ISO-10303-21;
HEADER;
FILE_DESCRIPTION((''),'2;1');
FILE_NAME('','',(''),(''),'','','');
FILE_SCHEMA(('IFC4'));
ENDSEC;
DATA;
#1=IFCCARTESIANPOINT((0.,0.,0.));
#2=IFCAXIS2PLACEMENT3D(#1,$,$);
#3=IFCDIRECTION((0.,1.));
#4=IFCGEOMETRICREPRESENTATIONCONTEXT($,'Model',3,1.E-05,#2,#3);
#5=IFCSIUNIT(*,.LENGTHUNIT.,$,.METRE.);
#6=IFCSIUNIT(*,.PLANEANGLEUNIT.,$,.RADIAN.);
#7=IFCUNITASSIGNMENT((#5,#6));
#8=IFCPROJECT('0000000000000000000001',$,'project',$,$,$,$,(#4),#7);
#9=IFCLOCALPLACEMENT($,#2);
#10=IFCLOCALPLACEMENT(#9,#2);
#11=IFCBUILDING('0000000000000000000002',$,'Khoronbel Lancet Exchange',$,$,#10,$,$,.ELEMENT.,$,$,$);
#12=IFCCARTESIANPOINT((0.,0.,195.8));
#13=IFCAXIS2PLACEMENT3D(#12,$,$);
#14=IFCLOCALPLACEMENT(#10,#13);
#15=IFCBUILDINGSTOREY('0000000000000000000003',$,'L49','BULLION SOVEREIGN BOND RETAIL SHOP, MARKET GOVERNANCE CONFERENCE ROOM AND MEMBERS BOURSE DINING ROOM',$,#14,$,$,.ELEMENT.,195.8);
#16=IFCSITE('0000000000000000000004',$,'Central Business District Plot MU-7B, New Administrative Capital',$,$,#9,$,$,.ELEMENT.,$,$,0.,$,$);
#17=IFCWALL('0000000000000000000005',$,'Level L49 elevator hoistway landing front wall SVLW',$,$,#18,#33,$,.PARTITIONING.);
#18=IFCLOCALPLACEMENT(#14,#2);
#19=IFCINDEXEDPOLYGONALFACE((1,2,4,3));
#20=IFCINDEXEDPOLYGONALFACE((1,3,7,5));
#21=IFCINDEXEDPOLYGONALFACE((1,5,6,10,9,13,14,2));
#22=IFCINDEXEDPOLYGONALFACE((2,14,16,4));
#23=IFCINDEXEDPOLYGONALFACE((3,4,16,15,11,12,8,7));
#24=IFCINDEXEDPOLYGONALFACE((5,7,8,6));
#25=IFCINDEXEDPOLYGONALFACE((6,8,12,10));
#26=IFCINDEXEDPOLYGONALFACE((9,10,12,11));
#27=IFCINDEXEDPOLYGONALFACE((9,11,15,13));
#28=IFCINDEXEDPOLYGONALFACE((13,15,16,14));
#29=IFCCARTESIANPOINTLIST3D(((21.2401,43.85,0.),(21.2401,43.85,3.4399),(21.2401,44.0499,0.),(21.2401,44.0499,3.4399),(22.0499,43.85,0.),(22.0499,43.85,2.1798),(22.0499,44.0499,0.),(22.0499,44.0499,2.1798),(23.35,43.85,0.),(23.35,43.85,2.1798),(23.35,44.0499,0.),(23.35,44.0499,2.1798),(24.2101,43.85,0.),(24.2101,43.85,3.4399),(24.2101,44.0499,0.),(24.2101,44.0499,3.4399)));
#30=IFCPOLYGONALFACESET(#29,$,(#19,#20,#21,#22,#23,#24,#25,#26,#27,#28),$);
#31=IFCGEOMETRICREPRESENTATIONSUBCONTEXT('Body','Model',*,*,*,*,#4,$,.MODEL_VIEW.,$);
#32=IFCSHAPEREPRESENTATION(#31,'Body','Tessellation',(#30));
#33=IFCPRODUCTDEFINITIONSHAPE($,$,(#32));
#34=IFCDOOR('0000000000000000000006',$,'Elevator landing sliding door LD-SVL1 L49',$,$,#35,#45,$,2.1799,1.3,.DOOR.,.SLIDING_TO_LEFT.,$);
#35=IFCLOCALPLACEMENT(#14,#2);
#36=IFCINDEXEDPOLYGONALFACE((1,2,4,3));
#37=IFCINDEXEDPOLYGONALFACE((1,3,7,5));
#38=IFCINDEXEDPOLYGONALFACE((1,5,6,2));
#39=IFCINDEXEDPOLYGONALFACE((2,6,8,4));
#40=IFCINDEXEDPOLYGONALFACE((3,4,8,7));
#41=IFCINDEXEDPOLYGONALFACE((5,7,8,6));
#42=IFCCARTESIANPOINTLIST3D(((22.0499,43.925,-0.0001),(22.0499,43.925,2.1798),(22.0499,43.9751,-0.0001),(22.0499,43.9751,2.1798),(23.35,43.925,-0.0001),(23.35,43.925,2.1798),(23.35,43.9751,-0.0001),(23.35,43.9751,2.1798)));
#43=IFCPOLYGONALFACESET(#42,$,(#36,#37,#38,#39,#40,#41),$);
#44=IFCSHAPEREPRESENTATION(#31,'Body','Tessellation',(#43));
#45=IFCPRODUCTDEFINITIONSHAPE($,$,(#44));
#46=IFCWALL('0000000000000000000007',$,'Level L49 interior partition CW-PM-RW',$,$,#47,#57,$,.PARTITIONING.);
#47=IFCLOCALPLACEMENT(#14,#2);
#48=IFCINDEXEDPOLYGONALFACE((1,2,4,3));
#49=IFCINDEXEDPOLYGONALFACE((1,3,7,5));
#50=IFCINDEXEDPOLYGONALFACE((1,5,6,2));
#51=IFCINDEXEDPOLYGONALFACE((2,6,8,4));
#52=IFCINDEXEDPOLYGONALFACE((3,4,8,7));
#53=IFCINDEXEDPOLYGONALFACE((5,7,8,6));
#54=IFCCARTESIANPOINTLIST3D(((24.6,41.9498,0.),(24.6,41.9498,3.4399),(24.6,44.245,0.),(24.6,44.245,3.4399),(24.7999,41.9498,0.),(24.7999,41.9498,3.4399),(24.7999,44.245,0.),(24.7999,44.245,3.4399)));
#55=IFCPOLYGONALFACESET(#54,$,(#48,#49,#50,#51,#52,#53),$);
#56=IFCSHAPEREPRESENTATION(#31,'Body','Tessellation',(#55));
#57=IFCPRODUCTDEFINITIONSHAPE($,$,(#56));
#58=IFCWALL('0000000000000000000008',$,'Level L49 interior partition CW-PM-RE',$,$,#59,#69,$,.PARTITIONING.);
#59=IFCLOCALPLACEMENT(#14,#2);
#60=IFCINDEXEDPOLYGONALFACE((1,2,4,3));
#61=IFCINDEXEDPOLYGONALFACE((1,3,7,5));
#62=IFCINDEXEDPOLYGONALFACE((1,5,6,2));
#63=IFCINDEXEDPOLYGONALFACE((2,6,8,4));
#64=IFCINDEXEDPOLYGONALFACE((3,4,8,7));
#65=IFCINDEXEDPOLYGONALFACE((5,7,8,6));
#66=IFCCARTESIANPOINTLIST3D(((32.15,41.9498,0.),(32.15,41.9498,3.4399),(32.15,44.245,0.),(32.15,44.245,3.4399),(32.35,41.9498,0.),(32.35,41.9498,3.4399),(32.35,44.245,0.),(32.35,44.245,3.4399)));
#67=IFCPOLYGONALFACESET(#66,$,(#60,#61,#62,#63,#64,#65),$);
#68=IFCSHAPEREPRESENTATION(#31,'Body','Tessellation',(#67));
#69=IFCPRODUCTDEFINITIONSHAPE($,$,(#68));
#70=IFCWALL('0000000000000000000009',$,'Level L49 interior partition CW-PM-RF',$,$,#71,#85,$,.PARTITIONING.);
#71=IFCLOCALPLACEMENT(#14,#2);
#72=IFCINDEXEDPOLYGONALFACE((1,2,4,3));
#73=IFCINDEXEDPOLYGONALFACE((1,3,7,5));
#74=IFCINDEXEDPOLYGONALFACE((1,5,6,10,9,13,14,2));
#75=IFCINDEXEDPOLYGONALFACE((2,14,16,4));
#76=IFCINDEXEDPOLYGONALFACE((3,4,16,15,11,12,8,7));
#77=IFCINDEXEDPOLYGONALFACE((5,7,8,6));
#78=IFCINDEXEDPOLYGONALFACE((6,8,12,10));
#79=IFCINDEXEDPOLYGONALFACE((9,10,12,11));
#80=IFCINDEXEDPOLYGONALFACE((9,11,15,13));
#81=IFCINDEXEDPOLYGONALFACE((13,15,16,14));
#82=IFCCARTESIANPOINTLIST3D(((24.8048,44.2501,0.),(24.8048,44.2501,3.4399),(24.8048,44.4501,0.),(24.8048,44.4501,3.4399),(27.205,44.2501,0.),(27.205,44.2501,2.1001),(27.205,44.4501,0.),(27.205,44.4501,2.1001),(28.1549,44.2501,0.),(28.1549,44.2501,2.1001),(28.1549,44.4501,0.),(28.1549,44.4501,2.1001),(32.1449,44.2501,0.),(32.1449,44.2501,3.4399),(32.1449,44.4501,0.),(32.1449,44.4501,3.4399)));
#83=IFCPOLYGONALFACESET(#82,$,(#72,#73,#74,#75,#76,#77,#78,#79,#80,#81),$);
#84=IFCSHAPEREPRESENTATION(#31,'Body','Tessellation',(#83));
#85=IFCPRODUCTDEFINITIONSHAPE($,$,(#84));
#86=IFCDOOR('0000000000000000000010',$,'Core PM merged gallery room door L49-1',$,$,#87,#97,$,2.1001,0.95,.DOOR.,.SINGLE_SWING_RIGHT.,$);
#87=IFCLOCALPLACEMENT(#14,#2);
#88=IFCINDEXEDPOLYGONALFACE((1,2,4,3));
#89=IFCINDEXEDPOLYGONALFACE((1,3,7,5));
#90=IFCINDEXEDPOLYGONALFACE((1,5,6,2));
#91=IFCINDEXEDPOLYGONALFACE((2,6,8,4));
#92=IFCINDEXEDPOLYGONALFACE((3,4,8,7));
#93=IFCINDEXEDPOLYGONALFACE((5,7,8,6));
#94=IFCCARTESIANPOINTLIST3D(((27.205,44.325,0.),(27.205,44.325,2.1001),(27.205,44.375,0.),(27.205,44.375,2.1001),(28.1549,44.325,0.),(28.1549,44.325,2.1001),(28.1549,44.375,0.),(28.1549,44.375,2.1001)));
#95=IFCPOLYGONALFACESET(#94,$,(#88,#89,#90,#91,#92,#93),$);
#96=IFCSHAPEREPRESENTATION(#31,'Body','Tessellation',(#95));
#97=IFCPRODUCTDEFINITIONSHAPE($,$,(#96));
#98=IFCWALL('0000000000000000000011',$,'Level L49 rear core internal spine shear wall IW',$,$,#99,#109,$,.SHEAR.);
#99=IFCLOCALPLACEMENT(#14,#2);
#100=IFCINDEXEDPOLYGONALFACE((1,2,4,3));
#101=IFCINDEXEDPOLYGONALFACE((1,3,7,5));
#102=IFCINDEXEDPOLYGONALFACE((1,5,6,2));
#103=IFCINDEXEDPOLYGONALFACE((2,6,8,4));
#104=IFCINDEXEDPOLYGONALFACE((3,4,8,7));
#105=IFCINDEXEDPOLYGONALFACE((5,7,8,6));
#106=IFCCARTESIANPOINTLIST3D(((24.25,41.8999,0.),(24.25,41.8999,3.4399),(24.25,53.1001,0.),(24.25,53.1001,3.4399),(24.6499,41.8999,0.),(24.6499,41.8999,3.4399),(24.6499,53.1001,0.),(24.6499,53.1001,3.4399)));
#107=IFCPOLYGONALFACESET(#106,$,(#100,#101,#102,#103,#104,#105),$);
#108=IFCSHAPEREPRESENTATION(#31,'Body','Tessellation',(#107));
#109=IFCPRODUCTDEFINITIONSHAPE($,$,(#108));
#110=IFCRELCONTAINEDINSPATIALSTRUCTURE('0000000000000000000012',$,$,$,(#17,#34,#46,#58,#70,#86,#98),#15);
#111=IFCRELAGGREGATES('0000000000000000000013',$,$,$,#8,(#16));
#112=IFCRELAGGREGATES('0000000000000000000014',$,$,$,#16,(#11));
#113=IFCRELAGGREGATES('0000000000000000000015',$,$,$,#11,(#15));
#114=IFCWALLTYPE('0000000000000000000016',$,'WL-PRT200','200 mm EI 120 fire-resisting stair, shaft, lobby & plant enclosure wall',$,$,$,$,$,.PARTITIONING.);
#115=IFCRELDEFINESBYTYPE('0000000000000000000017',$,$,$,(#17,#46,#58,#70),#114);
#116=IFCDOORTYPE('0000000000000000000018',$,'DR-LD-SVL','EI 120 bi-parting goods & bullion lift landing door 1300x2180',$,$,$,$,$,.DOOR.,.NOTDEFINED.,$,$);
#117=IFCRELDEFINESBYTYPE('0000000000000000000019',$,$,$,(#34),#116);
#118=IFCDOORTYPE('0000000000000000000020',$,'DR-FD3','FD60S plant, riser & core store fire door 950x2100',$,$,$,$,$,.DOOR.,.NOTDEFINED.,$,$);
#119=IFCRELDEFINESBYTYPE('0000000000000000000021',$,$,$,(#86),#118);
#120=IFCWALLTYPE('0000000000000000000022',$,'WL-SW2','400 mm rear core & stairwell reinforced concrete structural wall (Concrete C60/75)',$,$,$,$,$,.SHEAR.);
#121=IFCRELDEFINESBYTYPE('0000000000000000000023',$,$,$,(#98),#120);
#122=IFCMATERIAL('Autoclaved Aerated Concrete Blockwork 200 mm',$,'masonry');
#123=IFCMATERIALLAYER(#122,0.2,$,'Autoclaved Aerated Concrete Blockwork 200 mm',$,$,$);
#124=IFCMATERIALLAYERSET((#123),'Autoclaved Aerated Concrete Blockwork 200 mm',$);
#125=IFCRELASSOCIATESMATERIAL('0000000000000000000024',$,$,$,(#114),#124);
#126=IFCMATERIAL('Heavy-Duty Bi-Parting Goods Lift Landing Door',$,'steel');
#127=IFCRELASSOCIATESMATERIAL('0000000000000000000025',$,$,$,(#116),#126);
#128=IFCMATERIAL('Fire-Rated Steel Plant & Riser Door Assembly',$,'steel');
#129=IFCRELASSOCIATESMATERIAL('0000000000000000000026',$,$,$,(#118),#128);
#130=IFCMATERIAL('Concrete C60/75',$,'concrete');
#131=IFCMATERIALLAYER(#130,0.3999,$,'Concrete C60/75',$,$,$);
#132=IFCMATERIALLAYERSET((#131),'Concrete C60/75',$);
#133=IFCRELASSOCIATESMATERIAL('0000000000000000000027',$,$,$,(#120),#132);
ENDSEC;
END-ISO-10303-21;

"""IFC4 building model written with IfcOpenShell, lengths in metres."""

from ifc_helpers import new_model, si_unit, direction, frame, frame_2d, origin, place, context, subcontext, project, spatial, rectangle, extrude, material, layer, layer_set, type_object, element, fill, save


model = new_model("IFC4")

# Units and contexts
model_context = context("Model", 3, precision=1e-05, world=origin(), true_north=direction((0.0, 1.0)))
body_context = subcontext(model_context, "Body", "Model", "MODEL_VIEW")
ifc_project = project(units=[si_unit("LENGTHUNIT", "METRE"), si_unit("PLANEANGLEUNIT", "RADIAN")], contexts=[model_context])

# Site, building, storey
site_placement = place(None, origin())
site = spatial("IfcSite", under=ifc_project, at=site_placement, Name="Central Business District Plot MU-7B, New Administrative Capital", CompositionType="ELEMENT", RefElevation=0.0)
building_placement = place(site_placement, origin())
building = spatial("IfcBuilding", under=site, at=building_placement, Name="Khoronbel Lancet Exchange", CompositionType="ELEMENT")
storey_placement = place(building_placement, frame((0.0, 0.0, 195.8)))
storey = spatial("IfcBuildingStorey", under=building, at=storey_placement, Name="L49", Description="BULLION SOVEREIGN BOND RETAIL SHOP, MARKET GOVERNANCE CONFERENCE ROOM AND MEMBERS BOURSE DINING ROOM", CompositionType="ELEMENT", Elevation=195.8)

# Shared definitions
ifc_material_1 = material(Name="Concrete C60/75", Category="concrete")

# Wall, opening, door
ifc_material_2 = material(Name="Autoclaved Aerated Concrete Blockwork 200 mm", Category="masonry")
ifc_layer_1 = layer(ifc_material_2, 0.2, Name="Autoclaved Aerated Concrete Blockwork 200 mm")
ifc_layer_set_1 = layer_set([ifc_layer_1], Name="Autoclaved Aerated Concrete Blockwork 200 mm")
wall_type_1 = type_object("IfcWallType", Name="WL-PRT200", Description="200 mm EI 120 fire-resisting stair, shaft, lobby & plant enclosure wall", PredefinedType="PARTITIONING", material=ifc_layer_set_1)
wall_1_placement = place(storey_placement, frame((24.21, 43.95, 0.0), z_axis=(0.0, 0.0, 1.0), x_axis=(-1.0, 0.0, 0.0)))
wall_1 = element("IfcWall", 1, at=wall_1_placement, inside=storey, type_object=wall_type_1, Name="Level L49 elevator hoistway landing front wall SVLW", PredefinedType="PARTITIONING", context=body_context, shape_type="SweptSolid", body=[
    extrude(rectangle(XDim=2.97, YDim=0.2, at=frame_2d((1.4849, 0.0))), origin(), (0.0, 0.0, 1.0), 3.4399),
])
opening_1_placement = place(wall_1_placement, frame((0.8601, 0.0, 0.0)))
opening_1 = element("IfcOpeningElement", 2, at=opening_1_placement, cuts=wall_1, PredefinedType="OPENING", context=body_context, shape_type="SweptSolid", body=[
    extrude(rectangle(XDim=1.3, YDim=2.1799, at=frame_2d((0.6499, 1.0898))), frame((0.0, 0.1099, 0.0), z_axis=(0.0, -1.0, 0.0), x_axis=(1.0, 0.0, 0.0)), (0.0, 0.0, 1.0), 0.22),
])
ifc_material_3 = material(Name="Heavy-Duty Bi-Parting Goods Lift Landing Door", Category="steel")
door_type_1 = type_object("IfcDoorType", Name="DR-LD-SVL", Description="EI 120 bi-parting goods & bullion lift landing door 1300x2180", OperationType="NOTDEFINED", PredefinedType="DOOR", material=ifc_material_3)
door_1_placement = place(opening_1_placement, origin())
door_1 = element("IfcDoor", 3, at=door_1_placement, inside=storey, type_object=door_type_1, Name="Elevator landing sliding door LD-SVL1 L49", OperationType="SLIDING_TO_LEFT", OverallHeight=2.1799, OverallWidth=1.3, PredefinedType="DOOR", context=body_context, shape_type="SweptSolid", body=[
    extrude(rectangle(XDim=1.3, YDim=2.1799, at=frame_2d((0.6499, 1.0898))), frame((0.0, 0.0249, 0.0), z_axis=(0.0, -1.0, 0.0), x_axis=(1.0, 0.0, 0.0)), (0.0, 0.0, 1.0), 0.05),
])
fill(opening_1, door_1)

# Walls
for number, where, z_axis, x_axis, name in (
    (4, (24.7, 41.95, 0.0), (0.0, 0.0, 1.0), (0.0, 1.0, 0.0), "Level L49 interior partition CW-PM-RW"),
    (5, (32.25, 41.95, 0.0), (0.0, 0.0, 1.0), (0.0, 1.0, 0.0), "Level L49 interior partition CW-PM-RE"),
):
    element("IfcWall", number, at=place(storey_placement, frame(where, z_axis=z_axis, x_axis=x_axis)), inside=storey, type_object=wall_type_1, Name=name, PredefinedType="PARTITIONING", context=body_context, shape_type="SweptSolid", body=[
        extrude(rectangle(XDim=2.2952, YDim=0.2, at=frame_2d((1.1475, 0.0))), origin(), (0.0, 0.0, 1.0), 3.4399),
    ])

# Wall, opening, door
wall_2_placement = place(storey_placement, frame((24.8049, 44.3501, 0.0), z_axis=(0.0, 0.0, 1.0), x_axis=(1.0, 0.0, 0.0)))
wall_2 = element("IfcWall", 6, at=wall_2_placement, inside=storey, type_object=wall_type_1, Name="Level L49 interior partition CW-PM-RF", PredefinedType="PARTITIONING", context=body_context, shape_type="SweptSolid", body=[
    extrude(rectangle(XDim=7.3401, YDim=0.2, at=frame_2d((3.6699, 0.0))), origin(), (0.0, 0.0, 1.0), 3.4399),
])
opening_2_placement = place(wall_2_placement, frame((2.3999, 0.0, 0.0)))
opening_2 = element("IfcOpeningElement", 7, at=opening_2_placement, cuts=wall_2, PredefinedType="OPENING", context=body_context, shape_type="SweptSolid", body=[
    extrude(rectangle(XDim=0.95, YDim=2.1001, at=frame_2d((0.4751, 1.05))), frame((0.0, 0.1099, 0.0), z_axis=(0.0, -1.0, 0.0), x_axis=(1.0, 0.0, 0.0)), (0.0, 0.0, 1.0), 0.22),
])
ifc_material_4 = material(Name="Fire-Rated Steel Plant & Riser Door Assembly", Category="steel")
door_type_2 = type_object("IfcDoorType", Name="DR-FD3", Description="FD60S plant, riser & core store fire door 950x2100", OperationType="NOTDEFINED", PredefinedType="DOOR", material=ifc_material_4)
door_2_placement = place(opening_2_placement, origin())
door_2 = element("IfcDoor", 8, at=door_2_placement, inside=storey, type_object=door_type_2, Name="Core PM merged gallery room door L49-1", OperationType="SINGLE_SWING_RIGHT", OverallHeight=2.1001, OverallWidth=0.95, PredefinedType="DOOR", context=body_context, shape_type="SweptSolid", body=[
    extrude(rectangle(XDim=0.95, YDim=2.1001, at=frame_2d((0.4751, 1.05))), frame((0.0, 0.0249, 0.0), z_axis=(0.0, -1.0, 0.0), x_axis=(1.0, 0.0, 0.0)), (0.0, 0.0, 1.0), 0.05),
])
fill(opening_2, door_2)

# Wall
ifc_layer_2 = layer(ifc_material_1, 0.3999, Name="Concrete C60/75")
ifc_layer_set_2 = layer_set([ifc_layer_2], Name="Concrete C60/75")
wall_type_2 = type_object("IfcWallType", Name="WL-SW2", Description="400 mm rear core & stairwell reinforced concrete structural wall (Concrete C60/75)", PredefinedType="SHEAR", material=ifc_layer_set_2)
wall_3_placement = place(storey_placement, frame((24.45, 41.8999, 0.0), z_axis=(0.0, 0.0, 1.0), x_axis=(0.0, 1.0, 0.0)))
element("IfcWall", 9, at=wall_3_placement, inside=storey, type_object=wall_type_2, Name="Level L49 rear core internal spine shear wall IW", PredefinedType="SHEAR", context=body_context, shape_type="SweptSolid", body=[
    extrude(rectangle(XDim=11.2002, YDim=0.3999, at=frame_2d((5.6001, 0.0))), origin(), (0.0, 0.0, 1.0), 3.4399),
])

save(model, "model.ifc")
